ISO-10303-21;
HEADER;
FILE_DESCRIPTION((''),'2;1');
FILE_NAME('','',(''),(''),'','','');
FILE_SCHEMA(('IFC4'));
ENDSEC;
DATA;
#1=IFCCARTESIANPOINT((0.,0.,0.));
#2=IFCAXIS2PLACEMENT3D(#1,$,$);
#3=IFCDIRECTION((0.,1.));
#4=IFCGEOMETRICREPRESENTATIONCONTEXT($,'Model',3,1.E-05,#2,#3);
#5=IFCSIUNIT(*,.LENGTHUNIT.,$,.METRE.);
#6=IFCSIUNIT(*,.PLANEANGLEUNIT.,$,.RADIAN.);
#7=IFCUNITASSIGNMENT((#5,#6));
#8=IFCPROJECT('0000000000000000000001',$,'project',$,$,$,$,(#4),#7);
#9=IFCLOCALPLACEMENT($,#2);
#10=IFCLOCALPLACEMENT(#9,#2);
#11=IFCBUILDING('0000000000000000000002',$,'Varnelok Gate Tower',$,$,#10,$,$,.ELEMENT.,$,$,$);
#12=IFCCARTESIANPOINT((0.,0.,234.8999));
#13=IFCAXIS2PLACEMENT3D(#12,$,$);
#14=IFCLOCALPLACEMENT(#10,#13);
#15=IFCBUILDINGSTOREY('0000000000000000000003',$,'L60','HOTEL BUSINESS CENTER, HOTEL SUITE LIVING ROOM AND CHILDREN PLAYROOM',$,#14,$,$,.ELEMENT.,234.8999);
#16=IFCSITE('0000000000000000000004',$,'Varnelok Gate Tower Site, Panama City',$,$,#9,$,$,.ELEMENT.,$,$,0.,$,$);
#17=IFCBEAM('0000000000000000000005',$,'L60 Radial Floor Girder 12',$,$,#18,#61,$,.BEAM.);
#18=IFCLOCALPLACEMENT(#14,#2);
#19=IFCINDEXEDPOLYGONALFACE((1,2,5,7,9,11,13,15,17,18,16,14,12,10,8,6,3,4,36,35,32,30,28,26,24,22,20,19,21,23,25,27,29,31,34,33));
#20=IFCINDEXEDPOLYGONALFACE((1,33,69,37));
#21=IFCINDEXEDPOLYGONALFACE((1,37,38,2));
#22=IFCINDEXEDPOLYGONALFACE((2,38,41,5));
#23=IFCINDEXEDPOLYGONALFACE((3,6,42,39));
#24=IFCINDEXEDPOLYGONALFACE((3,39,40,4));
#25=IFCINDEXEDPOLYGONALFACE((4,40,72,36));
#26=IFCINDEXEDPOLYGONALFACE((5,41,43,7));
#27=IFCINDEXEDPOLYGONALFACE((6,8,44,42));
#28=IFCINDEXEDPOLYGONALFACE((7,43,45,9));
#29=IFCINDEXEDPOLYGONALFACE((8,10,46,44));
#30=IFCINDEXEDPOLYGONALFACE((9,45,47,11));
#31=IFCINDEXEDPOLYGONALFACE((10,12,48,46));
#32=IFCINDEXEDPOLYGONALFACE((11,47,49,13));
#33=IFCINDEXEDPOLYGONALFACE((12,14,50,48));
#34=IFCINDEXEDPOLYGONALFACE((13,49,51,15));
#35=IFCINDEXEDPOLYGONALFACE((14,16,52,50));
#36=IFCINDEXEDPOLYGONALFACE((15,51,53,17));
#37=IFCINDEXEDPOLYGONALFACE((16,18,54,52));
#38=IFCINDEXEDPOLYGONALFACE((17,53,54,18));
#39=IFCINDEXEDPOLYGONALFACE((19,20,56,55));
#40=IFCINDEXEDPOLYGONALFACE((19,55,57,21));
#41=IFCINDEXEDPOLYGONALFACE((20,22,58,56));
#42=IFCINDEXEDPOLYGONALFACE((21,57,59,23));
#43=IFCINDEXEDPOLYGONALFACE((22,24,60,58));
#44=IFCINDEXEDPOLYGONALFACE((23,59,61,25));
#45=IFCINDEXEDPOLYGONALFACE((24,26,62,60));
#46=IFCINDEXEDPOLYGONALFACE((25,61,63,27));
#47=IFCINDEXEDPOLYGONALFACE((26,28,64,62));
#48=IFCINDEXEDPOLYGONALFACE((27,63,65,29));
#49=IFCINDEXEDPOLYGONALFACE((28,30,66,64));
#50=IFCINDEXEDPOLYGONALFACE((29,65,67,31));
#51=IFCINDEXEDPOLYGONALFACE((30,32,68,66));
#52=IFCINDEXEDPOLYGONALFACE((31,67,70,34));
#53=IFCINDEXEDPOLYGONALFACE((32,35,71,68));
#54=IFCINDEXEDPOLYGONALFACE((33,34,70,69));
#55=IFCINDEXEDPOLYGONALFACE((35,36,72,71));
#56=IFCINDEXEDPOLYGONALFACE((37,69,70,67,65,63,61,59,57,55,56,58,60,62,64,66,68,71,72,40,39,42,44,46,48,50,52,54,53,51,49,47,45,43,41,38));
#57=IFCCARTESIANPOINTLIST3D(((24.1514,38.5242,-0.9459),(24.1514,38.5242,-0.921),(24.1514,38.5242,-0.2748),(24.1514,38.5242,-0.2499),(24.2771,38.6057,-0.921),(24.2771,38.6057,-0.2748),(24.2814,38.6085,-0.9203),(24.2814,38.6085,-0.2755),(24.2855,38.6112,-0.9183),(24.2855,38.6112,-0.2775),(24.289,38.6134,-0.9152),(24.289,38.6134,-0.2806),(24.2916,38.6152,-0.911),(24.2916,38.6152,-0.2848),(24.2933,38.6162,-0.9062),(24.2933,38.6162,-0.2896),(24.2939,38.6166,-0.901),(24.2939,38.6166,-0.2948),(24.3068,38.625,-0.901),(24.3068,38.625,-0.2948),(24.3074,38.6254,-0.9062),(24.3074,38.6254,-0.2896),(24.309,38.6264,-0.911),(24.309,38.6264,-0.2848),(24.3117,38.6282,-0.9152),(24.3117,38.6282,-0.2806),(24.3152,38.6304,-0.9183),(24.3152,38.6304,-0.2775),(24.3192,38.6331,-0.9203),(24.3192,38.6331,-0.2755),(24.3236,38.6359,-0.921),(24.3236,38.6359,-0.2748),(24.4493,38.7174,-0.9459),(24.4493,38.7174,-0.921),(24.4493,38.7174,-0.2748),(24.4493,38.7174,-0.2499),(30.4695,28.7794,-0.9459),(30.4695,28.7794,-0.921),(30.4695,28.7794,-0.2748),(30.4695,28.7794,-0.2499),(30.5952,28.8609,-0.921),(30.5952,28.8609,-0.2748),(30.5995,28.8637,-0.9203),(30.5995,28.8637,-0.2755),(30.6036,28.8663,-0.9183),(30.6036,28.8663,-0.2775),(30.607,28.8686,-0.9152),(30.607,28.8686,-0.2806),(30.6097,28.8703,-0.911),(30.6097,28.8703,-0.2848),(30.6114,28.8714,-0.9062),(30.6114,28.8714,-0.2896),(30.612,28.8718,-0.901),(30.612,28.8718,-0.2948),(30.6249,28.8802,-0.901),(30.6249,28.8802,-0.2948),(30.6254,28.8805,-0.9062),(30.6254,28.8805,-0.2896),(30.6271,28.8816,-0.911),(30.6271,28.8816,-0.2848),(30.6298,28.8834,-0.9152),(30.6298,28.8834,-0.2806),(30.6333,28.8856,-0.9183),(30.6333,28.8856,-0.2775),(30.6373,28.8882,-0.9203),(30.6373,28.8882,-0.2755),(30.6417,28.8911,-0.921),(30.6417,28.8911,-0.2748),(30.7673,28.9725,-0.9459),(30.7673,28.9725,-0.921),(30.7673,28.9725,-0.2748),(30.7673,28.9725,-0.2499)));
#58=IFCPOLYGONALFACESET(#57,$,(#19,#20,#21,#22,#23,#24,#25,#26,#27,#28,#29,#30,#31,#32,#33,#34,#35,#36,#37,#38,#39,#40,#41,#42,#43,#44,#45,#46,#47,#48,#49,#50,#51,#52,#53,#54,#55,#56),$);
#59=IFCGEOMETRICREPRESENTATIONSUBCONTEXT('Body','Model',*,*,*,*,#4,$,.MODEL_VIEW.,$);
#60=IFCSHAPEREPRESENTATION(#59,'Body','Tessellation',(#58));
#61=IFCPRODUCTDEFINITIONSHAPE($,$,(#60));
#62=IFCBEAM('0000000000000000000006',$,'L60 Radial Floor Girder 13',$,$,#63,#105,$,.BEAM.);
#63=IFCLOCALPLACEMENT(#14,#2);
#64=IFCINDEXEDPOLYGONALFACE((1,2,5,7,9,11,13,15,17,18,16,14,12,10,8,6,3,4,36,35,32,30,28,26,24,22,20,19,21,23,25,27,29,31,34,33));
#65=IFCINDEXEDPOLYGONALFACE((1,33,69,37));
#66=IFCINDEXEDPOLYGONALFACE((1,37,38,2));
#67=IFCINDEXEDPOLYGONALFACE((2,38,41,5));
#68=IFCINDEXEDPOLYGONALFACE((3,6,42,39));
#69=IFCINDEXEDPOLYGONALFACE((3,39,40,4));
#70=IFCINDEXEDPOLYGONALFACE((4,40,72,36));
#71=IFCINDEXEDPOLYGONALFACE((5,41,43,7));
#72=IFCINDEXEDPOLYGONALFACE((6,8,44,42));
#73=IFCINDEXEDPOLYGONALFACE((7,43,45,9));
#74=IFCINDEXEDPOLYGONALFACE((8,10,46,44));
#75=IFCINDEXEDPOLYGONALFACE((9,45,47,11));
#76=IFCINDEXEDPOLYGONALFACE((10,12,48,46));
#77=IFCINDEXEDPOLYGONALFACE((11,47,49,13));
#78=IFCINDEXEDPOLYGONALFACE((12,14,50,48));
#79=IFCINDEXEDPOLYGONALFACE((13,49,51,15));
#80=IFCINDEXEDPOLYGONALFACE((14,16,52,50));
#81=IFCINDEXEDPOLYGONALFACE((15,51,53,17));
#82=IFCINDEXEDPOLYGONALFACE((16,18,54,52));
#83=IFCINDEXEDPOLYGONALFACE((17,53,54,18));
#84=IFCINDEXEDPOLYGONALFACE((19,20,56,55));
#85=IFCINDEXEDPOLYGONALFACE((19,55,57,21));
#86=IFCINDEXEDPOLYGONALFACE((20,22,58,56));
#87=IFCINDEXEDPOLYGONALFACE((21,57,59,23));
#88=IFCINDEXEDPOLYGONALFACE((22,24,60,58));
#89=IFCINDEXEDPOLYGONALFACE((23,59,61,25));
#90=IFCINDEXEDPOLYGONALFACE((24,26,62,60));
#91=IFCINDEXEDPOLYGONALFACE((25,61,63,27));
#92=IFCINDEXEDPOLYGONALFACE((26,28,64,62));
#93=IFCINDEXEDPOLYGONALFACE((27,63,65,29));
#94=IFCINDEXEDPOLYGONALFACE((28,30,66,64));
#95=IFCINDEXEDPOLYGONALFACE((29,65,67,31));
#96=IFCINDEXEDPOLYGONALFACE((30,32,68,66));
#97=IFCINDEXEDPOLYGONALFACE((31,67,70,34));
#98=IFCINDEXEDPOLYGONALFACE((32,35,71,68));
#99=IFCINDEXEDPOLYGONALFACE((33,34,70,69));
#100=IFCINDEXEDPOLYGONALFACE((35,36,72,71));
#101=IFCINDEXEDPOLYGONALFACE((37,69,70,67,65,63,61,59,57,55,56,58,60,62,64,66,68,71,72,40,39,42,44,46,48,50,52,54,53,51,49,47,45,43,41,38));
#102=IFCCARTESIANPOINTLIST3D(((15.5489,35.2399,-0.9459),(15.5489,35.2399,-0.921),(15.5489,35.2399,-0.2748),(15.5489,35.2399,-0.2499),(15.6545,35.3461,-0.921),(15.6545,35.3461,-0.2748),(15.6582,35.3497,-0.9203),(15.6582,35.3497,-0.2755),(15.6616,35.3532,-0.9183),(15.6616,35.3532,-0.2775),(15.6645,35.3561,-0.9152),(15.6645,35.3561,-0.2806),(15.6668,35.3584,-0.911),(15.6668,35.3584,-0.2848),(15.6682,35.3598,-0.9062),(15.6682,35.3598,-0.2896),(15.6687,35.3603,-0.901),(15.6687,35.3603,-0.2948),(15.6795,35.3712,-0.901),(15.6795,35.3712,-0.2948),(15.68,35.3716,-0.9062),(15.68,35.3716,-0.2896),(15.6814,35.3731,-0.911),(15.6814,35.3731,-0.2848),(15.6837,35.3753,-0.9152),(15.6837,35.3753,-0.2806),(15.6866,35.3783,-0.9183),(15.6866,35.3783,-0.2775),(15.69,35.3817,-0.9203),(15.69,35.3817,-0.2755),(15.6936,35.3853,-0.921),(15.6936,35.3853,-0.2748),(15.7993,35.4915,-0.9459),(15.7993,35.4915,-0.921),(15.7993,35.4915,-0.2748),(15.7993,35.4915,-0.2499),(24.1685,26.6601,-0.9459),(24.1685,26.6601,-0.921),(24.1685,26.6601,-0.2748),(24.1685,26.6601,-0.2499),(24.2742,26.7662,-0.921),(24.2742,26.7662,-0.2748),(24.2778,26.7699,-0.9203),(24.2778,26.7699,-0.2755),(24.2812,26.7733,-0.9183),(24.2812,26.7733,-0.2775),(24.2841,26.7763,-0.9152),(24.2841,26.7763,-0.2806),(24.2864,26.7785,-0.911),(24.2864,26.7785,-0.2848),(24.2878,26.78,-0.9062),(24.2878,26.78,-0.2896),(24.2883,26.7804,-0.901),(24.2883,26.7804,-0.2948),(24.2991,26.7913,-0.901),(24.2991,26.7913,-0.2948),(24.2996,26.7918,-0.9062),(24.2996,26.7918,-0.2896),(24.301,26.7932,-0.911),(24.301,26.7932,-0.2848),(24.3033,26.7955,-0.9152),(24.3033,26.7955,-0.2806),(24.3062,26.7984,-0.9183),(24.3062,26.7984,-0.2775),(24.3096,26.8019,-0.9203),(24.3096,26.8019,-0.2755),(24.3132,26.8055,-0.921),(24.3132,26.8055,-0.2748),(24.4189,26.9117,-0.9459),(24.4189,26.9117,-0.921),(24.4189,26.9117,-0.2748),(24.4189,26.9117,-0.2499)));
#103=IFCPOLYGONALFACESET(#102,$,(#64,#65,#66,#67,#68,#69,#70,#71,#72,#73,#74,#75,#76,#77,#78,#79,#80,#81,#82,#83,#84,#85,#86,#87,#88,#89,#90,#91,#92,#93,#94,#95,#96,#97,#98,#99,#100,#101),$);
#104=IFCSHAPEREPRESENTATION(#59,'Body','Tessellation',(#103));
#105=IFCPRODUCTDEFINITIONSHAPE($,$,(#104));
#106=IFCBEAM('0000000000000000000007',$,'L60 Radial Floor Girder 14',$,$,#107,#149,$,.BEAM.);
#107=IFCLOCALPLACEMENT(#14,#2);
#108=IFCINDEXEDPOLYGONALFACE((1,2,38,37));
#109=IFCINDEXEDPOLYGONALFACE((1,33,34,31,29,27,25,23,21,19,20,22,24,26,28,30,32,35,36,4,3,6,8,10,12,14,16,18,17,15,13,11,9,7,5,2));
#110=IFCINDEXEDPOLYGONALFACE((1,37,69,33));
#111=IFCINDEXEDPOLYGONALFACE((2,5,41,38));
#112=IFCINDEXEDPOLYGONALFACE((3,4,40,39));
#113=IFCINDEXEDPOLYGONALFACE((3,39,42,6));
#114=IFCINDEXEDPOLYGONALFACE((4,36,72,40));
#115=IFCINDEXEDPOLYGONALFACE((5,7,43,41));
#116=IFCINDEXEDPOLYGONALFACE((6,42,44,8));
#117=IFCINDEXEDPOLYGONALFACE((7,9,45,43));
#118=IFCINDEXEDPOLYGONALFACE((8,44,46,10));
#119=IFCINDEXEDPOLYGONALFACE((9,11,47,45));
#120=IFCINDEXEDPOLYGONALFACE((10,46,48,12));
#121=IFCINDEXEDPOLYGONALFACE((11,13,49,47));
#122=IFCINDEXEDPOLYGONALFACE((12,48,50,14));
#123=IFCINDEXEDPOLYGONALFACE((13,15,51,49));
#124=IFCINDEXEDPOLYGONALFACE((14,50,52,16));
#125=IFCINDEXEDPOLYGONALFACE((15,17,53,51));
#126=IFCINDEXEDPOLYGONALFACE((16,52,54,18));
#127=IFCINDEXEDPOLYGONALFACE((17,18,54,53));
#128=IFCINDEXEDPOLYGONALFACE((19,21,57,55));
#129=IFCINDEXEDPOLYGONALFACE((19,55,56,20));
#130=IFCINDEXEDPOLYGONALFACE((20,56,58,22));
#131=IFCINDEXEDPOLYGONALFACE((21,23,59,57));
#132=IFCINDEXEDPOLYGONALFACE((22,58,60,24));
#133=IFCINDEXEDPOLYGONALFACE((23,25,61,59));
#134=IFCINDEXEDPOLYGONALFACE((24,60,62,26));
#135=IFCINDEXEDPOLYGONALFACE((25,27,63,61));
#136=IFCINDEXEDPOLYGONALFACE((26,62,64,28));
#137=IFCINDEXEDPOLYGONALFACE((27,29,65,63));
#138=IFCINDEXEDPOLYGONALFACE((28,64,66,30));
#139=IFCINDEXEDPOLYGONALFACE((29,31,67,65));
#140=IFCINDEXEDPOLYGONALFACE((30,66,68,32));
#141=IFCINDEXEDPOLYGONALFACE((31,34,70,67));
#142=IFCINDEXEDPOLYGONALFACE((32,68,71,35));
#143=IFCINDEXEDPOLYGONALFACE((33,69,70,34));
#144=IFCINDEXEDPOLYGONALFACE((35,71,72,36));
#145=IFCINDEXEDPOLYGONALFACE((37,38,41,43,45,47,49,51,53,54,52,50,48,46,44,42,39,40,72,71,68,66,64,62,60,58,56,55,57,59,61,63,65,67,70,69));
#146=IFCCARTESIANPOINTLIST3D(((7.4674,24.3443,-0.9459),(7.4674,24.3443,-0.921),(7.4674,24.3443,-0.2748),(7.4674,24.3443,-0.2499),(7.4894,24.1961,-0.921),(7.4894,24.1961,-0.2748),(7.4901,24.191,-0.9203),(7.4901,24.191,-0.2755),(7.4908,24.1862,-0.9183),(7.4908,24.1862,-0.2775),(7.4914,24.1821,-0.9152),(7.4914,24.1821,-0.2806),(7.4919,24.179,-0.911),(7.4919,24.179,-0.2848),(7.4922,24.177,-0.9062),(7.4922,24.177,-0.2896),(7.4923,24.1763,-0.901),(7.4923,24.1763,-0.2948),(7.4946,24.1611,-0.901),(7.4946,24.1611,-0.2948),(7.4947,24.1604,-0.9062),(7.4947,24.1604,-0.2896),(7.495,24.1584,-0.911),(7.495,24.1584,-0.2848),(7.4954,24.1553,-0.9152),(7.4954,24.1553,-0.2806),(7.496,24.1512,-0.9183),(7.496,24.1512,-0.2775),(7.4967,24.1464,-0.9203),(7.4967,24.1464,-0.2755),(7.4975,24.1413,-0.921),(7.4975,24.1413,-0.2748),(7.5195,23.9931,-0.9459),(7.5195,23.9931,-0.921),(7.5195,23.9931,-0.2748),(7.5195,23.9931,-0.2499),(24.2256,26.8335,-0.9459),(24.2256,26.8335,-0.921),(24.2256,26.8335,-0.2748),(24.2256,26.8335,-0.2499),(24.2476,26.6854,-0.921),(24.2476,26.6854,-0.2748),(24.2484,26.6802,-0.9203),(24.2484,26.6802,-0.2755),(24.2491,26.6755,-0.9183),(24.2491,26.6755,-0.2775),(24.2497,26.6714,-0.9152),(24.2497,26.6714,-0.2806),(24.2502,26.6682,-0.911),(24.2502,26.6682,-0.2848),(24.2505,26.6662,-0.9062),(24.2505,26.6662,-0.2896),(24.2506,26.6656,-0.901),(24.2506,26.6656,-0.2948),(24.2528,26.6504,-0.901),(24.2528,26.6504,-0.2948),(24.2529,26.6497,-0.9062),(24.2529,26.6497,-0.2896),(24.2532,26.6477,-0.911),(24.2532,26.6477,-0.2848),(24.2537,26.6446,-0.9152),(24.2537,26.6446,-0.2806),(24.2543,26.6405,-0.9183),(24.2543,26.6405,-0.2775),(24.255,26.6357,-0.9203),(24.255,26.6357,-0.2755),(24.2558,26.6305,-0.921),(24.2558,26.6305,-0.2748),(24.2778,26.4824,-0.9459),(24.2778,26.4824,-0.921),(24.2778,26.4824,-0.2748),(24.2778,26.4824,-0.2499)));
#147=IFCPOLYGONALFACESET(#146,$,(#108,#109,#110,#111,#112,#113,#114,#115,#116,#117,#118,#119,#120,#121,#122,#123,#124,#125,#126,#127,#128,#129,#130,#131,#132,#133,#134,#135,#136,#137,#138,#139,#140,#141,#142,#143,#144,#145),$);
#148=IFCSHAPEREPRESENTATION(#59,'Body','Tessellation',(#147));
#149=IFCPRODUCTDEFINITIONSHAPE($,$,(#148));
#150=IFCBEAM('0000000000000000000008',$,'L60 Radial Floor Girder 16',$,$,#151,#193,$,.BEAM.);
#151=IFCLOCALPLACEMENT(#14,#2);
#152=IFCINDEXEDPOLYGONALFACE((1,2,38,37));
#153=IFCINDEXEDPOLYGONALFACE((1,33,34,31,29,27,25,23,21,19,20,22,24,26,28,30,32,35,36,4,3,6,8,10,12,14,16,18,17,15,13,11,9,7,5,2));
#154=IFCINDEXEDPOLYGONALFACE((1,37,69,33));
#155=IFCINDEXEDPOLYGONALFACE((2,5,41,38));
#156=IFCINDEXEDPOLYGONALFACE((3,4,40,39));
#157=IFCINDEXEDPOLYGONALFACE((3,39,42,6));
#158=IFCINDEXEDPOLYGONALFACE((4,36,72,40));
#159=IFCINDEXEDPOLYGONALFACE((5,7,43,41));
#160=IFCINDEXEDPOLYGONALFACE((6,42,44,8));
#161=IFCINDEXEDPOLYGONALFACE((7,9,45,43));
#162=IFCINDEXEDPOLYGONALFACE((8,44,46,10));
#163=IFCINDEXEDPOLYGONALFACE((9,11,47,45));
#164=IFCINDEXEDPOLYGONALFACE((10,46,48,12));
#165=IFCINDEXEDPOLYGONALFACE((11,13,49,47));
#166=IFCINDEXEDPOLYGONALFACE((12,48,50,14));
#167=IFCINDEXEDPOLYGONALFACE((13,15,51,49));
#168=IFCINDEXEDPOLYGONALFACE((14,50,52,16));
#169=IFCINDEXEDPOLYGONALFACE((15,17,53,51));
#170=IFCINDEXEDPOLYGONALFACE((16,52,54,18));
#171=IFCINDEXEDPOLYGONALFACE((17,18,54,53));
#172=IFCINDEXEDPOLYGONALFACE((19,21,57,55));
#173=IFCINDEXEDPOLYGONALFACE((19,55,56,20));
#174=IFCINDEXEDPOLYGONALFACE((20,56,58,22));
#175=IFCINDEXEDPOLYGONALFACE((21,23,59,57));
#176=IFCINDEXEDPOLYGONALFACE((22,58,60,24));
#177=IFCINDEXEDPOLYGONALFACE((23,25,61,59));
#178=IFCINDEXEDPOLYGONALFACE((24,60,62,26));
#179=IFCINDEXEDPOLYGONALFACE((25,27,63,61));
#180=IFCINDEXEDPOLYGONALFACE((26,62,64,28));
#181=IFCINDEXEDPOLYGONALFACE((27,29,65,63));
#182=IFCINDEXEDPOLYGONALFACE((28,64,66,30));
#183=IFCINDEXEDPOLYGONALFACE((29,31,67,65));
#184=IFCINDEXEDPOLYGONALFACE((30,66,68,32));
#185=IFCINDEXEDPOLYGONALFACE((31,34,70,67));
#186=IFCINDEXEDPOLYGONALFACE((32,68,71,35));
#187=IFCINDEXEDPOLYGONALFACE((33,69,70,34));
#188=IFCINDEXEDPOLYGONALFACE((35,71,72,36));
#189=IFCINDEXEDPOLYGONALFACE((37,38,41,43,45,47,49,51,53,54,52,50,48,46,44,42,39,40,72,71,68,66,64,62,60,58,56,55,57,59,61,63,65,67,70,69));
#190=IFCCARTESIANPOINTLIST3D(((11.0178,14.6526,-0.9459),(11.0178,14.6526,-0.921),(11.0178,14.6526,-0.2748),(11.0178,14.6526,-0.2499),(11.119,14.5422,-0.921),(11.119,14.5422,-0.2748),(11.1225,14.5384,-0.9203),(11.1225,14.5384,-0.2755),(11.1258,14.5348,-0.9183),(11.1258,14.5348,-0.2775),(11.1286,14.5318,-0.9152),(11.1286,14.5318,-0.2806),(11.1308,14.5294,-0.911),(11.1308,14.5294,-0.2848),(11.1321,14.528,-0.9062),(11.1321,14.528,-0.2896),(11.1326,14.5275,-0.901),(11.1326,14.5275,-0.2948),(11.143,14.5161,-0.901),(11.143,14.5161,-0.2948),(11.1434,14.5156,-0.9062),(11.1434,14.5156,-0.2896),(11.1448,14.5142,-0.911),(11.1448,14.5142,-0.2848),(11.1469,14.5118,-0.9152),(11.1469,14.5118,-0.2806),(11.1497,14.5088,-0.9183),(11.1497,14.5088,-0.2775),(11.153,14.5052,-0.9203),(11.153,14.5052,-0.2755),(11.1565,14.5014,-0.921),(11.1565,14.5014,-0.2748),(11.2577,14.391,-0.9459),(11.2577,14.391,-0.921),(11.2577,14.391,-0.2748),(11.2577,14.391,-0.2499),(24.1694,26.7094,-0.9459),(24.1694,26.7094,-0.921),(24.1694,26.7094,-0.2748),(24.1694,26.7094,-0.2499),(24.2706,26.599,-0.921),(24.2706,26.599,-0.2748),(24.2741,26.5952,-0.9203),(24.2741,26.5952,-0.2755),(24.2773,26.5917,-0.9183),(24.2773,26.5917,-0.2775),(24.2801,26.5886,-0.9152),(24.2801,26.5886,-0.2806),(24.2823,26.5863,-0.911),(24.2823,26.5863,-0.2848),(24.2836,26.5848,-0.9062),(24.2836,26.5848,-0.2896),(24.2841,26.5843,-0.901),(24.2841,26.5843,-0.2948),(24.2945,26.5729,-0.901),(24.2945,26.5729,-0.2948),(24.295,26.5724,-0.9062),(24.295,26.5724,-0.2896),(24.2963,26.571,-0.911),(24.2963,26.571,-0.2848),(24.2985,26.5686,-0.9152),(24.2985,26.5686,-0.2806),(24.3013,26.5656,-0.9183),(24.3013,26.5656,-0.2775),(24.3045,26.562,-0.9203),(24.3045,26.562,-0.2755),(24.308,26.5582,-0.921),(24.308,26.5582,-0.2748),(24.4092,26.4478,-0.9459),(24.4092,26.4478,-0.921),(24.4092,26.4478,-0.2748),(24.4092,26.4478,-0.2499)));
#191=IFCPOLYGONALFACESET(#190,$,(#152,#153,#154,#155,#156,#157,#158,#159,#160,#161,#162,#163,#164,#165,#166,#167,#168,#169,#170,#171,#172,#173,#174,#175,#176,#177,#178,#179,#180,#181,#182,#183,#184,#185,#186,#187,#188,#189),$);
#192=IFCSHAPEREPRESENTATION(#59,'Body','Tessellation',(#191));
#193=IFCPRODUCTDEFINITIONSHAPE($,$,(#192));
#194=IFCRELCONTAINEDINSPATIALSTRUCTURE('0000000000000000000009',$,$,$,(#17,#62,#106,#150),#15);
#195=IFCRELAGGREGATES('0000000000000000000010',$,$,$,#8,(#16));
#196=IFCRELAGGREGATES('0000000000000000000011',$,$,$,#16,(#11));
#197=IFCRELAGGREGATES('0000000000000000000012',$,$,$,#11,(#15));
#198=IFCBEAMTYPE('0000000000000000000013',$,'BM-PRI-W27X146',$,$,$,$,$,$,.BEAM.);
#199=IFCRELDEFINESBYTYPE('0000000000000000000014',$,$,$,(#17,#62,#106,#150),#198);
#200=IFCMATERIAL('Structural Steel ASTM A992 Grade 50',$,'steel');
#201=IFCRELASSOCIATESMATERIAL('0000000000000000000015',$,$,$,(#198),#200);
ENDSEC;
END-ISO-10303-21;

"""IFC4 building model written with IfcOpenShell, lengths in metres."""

from ifc_helpers import new_model, si_unit, direction, frame, origin, origin_2d, place, context, subcontext, project, spatial, i_section, extrude, material, material_profile, profile_set, type_object, element, save


model = new_model("IFC4")

# Units and contexts
model_context = context("Model", 3, precision=1e-05, world=origin(), true_north=direction((0.0, 1.0)))
body_context = subcontext(model_context, "Body", "Model", "MODEL_VIEW")
ifc_project = project(units=[si_unit("LENGTHUNIT", "METRE"), si_unit("PLANEANGLEUNIT", "RADIAN")], contexts=[model_context])

# Site, building, storey
site_placement = place(None, origin())
site = spatial("IfcSite", under=ifc_project, at=site_placement, Name="Varnelok Gate Tower Site, Panama City", CompositionType="ELEMENT", RefElevation=0.0)
building_placement = place(site_placement, origin())
building = spatial("IfcBuilding", under=site, at=building_placement, Name="Varnelok Gate Tower", CompositionType="ELEMENT")
storey_placement = place(building_placement, frame((0.0, 0.0, 234.8999)))
storey = spatial("IfcBuildingStorey", under=building, at=storey_placement, Name="L60", Description="HOTEL BUSINESS CENTER, HOTEL SUITE LIVING ROOM AND CHILDREN PLAYROOM", CompositionType="ELEMENT", Elevation=234.8999)

# Shared definitions
ifc_material_1 = material(Name="Structural Steel ASTM A992 Grade 50", Category="steel")

# Beams
ifc_material_profile_1 = material_profile(ifc_material_1, i_section(OverallWidth=0.355, OverallDepth=0.696, WebThickness=0.0154, FlangeThickness=0.0249, FilletRadius=0.02, at=origin_2d()), Name="W27X146")
ifc_profile_set_1 = profile_set([ifc_material_profile_1], Name="Structural Steel ASTM A992 Grade 50")
beam_type_1 = type_object("IfcBeamType", Name="BM-PRI-W27X146", PredefinedType="BEAM", material=ifc_profile_set_1)
beam_1_placement = place(storey_placement, frame((30.6184, 28.876, -0.5979), z_axis=(-0.544016, 0.839075, 0.0), x_axis=(-0.839075, -0.544016, 0.0)))
element("IfcBeam", 1, at=beam_1_placement, inside=storey, type_object=beam_type_1, Name="L60 Radial Floor Girder 12", PredefinedType="BEAM", context=body_context, shape_type="SweptSolid", body=[
    extrude(i_section(OverallWidth=0.355, OverallDepth=0.696, WebThickness=0.0154, FlangeThickness=0.0249, FilletRadius=0.02, at=origin_2d()), origin(), (0.0, 0.0, 1.0), 11.6138),
])
beam_2_placement = place(storey_placement, frame((24.2937, 26.7859, -0.5979), z_axis=(-0.708741, 0.705469, 0.0), x_axis=(-0.705469, -0.708741, 0.0)))
element("IfcBeam", 2, at=beam_2_placement, inside=storey, type_object=beam_type_1, Name="L60 Radial Floor Girder 13", PredefinedType="BEAM", context=body_context, shape_type="SweptSolid", body=[
    extrude(i_section(OverallWidth=0.355, OverallDepth=0.696, WebThickness=0.0154, FlangeThickness=0.0249, FilletRadius=0.02, at=origin_2d()), origin(), (0.0, 0.0, 1.0), 12.1619),
])
beam_3_placement = place(storey_placement, frame((24.2517, 26.658, -0.5979), z_axis=(-0.989147, -0.146927, 0.0), x_axis=(0.146927, -0.989147, 0.0)))
element("IfcBeam", 3, at=beam_3_placement, inside=storey, type_object=beam_type_1, Name="L60 Radial Floor Girder 14", PredefinedType="BEAM", context=body_context, shape_type="SweptSolid", body=[
    extrude(i_section(OverallWidth=0.355, OverallDepth=0.696, WebThickness=0.0154, FlangeThickness=0.0249, FilletRadius=0.02, at=origin_2d()), origin(), (0.0, 0.0, 1.0), 16.9421),
])
beam_4_placement = place(storey_placement, frame((24.2893, 26.5786, -0.5979), z_axis=(-0.737119, -0.675762, 0.0), x_axis=(0.675762, -0.737119, 0.0)))
element("IfcBeam", 4, at=beam_4_placement, inside=storey, type_object=beam_type_1, Name="L60 Radial Floor Girder 16", PredefinedType="BEAM", context=body_context, shape_type="SweptSolid", body=[
    extrude(i_section(OverallWidth=0.355, OverallDepth=0.696, WebThickness=0.0154, FlangeThickness=0.0249, FilletRadius=0.02, at=origin_2d()), origin(), (0.0, 0.0, 1.0), 17.8418),
])

save(model, "model.ifc")
